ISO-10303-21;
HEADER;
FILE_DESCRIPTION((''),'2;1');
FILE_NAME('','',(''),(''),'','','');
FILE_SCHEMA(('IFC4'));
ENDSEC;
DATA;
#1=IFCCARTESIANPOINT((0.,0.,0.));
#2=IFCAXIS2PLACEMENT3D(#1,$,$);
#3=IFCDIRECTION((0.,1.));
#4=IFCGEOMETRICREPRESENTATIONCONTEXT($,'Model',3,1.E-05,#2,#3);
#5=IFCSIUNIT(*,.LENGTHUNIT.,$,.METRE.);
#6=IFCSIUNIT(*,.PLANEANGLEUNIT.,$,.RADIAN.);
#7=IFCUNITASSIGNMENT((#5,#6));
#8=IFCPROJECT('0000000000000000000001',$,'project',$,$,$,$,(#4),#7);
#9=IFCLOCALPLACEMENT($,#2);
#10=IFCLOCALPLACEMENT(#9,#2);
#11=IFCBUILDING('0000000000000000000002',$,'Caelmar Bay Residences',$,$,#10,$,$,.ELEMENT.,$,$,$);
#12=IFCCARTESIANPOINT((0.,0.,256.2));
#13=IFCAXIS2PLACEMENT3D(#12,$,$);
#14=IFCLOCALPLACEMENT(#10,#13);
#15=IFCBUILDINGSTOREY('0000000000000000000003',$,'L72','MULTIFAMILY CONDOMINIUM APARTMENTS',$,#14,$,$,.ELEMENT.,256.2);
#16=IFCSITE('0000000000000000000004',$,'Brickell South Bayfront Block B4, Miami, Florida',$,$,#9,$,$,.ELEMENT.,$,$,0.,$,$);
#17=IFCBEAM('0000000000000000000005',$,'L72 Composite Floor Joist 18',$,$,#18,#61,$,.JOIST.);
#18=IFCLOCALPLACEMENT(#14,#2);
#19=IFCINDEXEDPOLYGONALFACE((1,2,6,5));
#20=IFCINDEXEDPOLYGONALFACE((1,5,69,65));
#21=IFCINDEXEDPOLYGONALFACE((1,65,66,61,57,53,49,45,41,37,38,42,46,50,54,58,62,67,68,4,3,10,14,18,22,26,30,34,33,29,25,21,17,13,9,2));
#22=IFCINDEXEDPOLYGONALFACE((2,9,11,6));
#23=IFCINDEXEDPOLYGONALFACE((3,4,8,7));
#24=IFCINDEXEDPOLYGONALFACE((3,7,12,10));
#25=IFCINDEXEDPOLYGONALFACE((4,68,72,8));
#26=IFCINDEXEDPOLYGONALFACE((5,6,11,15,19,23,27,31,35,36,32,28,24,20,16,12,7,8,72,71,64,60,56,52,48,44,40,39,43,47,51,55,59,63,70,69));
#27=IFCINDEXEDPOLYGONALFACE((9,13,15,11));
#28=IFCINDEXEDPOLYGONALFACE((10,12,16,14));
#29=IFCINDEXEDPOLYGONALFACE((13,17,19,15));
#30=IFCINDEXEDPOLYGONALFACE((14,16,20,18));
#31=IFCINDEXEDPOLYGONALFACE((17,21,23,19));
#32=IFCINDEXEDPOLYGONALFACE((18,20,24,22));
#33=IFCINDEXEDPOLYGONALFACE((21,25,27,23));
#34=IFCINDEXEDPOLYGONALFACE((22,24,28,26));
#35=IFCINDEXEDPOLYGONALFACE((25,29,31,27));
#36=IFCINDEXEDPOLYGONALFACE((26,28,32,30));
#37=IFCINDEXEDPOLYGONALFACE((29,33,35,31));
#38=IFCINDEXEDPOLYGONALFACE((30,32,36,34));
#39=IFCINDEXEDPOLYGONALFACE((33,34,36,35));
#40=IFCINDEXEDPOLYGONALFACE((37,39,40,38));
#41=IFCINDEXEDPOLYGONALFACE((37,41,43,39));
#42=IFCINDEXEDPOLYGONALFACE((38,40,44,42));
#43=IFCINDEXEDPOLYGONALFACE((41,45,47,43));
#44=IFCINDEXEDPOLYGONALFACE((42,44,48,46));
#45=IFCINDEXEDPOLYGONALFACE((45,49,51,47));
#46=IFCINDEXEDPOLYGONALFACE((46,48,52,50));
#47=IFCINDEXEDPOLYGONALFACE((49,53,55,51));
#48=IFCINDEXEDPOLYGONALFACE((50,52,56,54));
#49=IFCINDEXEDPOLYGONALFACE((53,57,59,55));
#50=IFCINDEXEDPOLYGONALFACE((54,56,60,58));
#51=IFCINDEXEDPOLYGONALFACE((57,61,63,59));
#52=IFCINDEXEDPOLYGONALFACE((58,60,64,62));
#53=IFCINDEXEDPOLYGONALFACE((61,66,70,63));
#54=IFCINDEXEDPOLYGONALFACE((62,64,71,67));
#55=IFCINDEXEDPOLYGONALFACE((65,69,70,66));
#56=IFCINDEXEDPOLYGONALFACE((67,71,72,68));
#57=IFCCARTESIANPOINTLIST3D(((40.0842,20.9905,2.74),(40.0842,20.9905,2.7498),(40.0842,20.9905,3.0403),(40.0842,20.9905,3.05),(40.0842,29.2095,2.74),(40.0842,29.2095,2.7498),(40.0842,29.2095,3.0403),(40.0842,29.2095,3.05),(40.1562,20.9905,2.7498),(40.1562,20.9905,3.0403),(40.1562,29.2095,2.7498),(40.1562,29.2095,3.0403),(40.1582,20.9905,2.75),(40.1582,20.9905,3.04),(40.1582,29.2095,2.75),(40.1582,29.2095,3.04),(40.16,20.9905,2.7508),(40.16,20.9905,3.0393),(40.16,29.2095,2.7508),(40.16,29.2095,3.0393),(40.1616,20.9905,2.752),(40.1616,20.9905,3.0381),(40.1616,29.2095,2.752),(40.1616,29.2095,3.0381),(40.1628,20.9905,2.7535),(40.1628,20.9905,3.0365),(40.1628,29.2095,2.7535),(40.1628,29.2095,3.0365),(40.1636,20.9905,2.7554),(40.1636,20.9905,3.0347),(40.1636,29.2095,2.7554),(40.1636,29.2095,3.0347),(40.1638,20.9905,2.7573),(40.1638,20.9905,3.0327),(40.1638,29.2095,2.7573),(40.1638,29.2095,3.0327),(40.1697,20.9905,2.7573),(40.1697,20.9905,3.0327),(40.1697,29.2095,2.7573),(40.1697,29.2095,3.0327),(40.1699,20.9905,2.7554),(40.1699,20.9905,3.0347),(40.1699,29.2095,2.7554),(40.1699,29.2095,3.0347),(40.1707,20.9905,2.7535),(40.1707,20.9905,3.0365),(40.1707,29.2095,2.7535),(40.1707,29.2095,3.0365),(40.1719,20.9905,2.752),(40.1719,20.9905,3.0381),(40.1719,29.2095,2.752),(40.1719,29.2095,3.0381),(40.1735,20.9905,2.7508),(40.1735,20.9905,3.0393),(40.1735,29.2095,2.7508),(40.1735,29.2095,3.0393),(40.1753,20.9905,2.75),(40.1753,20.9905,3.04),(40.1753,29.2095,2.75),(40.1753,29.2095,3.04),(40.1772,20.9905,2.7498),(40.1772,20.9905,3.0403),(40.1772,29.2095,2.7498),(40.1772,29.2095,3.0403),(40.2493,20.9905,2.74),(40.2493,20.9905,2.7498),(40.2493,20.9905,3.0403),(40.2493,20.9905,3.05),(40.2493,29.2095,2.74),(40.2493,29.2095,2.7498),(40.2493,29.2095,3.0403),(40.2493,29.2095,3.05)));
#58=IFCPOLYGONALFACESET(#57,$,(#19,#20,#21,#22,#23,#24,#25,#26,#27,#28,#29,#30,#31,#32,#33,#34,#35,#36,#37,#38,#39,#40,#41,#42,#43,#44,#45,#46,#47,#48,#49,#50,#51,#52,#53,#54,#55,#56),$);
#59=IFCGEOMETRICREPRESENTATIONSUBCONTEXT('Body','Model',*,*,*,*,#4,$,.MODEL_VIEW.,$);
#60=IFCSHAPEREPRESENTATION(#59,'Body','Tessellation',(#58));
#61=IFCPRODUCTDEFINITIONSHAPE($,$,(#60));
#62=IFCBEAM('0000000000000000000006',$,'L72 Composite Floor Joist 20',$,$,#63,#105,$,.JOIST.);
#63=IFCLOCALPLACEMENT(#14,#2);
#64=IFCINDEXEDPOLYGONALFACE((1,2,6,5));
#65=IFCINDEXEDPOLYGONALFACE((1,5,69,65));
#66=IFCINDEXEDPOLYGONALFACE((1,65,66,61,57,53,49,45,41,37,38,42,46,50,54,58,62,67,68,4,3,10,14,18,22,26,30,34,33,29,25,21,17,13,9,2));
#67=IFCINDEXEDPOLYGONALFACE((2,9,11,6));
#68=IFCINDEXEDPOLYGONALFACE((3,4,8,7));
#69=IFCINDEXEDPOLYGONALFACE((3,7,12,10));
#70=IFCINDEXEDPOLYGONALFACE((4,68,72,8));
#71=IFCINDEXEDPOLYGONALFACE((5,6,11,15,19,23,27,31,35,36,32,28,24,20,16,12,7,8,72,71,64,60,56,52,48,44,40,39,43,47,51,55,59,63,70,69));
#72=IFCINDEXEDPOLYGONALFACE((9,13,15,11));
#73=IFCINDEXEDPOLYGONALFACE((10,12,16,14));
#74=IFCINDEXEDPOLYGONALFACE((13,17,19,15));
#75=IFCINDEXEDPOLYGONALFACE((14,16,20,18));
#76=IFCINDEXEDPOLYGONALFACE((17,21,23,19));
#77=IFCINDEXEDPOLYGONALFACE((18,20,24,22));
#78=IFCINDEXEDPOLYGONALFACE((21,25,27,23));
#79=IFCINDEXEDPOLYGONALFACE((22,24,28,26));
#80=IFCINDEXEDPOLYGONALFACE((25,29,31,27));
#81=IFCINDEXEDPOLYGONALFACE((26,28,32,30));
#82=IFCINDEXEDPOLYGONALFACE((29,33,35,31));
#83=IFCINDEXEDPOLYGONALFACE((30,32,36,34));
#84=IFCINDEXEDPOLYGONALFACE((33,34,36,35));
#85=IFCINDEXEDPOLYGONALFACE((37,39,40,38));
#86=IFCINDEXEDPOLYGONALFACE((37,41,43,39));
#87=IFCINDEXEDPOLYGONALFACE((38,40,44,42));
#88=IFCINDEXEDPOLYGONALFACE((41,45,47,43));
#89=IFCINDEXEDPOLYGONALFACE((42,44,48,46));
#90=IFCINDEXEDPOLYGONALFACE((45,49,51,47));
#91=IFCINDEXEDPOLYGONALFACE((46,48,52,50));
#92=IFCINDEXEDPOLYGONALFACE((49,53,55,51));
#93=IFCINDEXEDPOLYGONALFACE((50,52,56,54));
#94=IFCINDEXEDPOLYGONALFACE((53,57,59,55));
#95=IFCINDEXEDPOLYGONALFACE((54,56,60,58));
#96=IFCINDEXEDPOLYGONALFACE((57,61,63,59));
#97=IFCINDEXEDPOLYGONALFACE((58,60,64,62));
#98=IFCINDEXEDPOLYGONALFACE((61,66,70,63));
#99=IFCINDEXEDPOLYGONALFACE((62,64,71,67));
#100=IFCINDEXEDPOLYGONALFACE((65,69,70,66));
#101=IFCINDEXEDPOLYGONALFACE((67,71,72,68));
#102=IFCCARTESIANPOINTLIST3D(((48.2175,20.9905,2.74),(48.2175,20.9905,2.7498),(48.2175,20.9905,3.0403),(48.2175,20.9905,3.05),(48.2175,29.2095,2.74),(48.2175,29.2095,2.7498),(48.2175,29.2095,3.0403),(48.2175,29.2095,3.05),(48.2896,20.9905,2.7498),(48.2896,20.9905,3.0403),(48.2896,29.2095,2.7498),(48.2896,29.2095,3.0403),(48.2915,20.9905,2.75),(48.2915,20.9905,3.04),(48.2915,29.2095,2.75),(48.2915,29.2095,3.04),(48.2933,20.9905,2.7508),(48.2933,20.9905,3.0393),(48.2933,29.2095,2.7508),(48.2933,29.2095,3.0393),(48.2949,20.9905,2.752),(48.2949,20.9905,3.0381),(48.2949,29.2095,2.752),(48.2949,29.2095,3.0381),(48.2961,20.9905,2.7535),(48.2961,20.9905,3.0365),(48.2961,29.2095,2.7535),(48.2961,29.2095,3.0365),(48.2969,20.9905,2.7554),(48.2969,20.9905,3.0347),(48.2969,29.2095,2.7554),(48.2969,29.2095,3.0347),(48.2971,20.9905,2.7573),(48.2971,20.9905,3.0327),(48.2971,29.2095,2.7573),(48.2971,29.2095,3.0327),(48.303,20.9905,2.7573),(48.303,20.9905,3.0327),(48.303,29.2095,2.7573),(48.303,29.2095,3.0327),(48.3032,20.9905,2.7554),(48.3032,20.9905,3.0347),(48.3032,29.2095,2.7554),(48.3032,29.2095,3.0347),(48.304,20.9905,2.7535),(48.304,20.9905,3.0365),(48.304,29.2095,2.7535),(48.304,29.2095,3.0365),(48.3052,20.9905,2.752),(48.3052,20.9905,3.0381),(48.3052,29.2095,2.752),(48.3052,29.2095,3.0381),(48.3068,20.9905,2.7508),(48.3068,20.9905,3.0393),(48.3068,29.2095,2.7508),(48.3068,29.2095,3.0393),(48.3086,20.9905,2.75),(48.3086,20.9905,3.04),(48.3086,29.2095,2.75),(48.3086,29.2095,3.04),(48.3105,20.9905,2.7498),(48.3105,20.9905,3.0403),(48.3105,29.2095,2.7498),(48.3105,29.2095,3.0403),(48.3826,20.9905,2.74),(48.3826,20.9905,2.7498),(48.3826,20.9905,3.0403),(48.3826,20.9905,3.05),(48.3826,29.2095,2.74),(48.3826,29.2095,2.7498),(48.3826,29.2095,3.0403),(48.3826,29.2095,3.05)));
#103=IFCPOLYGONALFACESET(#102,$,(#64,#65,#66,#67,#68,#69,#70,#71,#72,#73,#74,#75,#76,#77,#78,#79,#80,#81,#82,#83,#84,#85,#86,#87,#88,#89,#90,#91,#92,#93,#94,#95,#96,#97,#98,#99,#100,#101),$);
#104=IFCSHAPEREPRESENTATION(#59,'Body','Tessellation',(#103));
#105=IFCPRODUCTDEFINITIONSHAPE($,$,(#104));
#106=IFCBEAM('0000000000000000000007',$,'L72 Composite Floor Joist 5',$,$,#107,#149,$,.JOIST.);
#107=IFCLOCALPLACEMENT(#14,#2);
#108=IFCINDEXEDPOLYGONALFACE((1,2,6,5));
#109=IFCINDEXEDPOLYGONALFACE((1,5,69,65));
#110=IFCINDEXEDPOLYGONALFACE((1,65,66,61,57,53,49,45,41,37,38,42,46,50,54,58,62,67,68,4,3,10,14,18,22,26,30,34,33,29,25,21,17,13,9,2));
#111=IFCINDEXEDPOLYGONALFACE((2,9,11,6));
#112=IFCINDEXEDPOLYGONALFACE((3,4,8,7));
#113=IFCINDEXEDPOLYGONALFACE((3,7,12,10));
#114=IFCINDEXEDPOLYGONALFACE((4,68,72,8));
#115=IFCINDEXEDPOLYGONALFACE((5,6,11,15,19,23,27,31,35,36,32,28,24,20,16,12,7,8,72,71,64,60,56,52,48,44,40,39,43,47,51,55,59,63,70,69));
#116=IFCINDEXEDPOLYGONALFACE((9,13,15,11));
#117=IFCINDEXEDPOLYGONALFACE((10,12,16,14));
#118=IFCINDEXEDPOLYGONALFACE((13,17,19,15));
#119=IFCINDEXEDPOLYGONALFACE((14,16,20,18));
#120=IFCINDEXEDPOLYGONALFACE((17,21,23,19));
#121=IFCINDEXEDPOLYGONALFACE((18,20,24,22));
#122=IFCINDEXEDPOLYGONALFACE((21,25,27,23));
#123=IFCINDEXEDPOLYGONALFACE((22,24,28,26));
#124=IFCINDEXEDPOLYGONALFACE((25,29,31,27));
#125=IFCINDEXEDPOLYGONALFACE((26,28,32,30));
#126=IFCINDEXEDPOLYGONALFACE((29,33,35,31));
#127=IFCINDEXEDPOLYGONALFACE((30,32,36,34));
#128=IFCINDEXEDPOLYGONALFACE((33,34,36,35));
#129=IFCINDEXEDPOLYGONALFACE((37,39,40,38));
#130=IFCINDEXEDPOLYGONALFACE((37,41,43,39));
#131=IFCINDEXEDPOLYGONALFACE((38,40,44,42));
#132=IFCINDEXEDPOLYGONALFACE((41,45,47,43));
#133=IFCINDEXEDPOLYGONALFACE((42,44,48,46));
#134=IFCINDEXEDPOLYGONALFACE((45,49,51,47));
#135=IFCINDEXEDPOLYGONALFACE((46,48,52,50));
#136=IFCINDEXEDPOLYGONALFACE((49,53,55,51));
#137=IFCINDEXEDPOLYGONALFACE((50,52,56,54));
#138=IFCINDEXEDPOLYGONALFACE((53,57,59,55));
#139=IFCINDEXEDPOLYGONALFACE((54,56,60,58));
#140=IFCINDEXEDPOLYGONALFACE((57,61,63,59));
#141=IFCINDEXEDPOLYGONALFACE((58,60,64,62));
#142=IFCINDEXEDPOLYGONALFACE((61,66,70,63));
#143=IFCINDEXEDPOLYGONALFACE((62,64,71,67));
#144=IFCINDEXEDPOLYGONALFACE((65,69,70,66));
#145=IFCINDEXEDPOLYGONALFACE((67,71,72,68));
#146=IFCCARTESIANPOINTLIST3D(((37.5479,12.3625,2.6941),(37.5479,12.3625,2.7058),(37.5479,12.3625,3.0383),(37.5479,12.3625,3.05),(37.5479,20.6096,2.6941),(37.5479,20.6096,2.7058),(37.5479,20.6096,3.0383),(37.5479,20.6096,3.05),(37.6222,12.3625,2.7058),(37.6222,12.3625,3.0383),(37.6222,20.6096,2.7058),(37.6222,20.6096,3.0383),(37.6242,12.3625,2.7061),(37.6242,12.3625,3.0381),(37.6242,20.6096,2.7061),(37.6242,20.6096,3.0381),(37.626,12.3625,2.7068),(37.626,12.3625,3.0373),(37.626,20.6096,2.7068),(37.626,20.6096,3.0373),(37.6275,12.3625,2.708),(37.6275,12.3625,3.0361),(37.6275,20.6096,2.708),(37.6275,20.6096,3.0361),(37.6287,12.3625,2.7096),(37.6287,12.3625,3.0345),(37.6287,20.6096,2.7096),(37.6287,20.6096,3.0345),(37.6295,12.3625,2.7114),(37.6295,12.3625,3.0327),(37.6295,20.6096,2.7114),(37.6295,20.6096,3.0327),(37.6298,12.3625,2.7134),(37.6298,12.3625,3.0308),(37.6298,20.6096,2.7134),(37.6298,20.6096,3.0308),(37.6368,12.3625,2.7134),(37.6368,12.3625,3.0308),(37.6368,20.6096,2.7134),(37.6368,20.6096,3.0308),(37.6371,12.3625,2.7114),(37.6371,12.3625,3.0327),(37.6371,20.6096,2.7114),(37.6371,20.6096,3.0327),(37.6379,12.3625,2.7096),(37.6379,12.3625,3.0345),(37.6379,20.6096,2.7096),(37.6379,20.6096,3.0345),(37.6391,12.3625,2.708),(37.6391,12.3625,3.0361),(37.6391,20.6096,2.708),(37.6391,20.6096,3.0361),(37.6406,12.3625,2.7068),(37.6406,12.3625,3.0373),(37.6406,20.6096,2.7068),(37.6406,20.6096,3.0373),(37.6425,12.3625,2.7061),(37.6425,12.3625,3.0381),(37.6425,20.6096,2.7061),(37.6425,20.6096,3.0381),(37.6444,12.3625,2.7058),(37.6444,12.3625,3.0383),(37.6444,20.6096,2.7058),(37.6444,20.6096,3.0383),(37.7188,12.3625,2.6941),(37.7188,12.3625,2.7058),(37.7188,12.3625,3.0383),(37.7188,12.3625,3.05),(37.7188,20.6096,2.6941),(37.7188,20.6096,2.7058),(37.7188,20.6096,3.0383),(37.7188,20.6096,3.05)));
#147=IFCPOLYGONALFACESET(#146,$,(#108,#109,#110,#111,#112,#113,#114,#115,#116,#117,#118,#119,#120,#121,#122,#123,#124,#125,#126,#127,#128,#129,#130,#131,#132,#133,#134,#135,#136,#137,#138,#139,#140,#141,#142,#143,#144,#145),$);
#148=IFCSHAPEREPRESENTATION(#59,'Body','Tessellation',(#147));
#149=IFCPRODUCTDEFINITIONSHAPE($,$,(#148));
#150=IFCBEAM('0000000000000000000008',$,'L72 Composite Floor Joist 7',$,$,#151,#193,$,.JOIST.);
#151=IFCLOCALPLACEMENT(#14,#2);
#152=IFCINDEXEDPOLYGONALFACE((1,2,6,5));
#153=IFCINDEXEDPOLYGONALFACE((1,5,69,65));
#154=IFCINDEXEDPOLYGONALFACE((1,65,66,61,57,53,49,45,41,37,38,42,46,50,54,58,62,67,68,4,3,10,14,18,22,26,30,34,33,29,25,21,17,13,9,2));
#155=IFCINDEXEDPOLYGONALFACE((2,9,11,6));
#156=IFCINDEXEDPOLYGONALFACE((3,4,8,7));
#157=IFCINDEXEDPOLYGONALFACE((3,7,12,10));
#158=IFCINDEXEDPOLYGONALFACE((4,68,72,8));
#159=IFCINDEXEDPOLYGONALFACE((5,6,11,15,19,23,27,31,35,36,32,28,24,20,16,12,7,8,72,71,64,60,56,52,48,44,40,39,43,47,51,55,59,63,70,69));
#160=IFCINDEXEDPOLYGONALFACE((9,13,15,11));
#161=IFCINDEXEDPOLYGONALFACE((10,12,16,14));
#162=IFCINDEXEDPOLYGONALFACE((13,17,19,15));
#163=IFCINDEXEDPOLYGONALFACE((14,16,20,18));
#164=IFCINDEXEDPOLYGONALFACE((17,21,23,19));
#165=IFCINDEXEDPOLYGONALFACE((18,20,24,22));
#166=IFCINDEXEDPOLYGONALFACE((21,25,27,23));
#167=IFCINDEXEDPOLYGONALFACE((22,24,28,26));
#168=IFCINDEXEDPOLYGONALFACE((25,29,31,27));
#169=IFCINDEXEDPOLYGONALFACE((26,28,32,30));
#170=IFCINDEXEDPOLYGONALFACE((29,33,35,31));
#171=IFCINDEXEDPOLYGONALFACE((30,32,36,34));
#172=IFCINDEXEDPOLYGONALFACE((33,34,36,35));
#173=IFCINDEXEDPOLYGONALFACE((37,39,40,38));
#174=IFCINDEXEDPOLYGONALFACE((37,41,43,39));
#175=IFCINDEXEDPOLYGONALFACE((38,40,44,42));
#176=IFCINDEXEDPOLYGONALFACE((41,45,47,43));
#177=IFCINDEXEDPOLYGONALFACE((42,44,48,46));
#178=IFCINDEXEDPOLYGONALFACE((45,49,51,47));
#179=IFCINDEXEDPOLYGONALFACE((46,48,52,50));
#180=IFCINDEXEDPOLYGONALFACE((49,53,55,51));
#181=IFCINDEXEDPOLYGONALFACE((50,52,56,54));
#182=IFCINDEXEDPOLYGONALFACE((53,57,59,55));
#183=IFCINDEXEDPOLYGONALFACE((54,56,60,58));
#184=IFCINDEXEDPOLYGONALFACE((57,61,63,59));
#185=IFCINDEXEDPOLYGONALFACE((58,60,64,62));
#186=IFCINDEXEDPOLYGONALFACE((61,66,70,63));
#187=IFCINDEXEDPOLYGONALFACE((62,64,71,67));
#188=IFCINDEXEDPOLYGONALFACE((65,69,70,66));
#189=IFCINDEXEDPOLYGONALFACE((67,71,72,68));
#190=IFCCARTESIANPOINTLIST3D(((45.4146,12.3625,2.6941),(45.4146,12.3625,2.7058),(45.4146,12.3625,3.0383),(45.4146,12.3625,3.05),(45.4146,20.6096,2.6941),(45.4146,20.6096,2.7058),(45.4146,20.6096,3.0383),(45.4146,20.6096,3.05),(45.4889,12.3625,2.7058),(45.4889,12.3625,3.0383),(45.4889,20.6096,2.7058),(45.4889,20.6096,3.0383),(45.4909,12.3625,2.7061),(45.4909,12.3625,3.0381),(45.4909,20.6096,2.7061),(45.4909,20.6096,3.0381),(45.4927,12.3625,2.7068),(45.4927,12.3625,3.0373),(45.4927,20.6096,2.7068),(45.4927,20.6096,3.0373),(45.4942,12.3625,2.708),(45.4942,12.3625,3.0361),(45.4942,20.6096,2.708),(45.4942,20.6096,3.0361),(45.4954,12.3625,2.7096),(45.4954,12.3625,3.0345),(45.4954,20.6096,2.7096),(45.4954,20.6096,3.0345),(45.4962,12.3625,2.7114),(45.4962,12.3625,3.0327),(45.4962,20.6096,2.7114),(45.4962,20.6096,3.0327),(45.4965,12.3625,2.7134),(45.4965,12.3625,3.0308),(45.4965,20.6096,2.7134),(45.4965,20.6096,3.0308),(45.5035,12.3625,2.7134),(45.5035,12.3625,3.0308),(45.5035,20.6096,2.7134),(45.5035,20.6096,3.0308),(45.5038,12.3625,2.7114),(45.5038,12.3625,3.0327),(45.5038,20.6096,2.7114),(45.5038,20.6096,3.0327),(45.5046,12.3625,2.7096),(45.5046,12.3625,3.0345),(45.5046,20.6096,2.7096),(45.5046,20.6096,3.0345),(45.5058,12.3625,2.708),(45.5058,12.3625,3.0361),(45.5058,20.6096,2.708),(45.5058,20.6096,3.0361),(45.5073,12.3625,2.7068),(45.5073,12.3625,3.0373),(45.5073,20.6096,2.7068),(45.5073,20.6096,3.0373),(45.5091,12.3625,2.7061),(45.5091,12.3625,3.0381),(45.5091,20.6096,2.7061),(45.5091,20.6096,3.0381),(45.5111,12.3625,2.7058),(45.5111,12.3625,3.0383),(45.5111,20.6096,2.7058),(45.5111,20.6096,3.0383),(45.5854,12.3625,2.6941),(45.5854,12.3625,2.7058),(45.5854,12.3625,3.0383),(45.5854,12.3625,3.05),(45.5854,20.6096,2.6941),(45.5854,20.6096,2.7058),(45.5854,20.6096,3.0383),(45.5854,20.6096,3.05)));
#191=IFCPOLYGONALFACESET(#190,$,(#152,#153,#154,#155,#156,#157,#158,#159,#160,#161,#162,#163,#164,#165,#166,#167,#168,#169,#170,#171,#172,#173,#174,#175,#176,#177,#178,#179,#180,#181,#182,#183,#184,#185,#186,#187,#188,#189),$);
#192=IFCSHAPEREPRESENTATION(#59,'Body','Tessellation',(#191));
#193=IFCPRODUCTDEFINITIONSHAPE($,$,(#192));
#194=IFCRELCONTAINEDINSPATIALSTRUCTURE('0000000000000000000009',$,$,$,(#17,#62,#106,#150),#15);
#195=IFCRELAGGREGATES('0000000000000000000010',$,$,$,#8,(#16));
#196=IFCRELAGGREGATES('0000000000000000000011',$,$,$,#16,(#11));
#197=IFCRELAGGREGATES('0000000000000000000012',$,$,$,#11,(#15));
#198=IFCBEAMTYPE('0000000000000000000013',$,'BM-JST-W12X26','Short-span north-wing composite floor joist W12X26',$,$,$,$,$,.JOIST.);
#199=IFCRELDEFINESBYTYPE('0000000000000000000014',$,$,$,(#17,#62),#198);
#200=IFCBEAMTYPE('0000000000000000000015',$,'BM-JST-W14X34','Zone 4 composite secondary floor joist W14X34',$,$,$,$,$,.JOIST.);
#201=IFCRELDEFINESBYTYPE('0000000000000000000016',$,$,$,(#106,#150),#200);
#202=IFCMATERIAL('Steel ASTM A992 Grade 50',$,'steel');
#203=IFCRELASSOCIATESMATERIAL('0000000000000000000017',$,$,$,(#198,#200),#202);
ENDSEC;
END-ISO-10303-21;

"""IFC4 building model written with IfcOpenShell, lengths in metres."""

from ifc_helpers import new_model, si_unit, direction, frame, origin, origin_2d, place, context, subcontext, project, spatial, i_section, extrude, material, material_profile, profile_set, type_object, element, save


model = new_model("IFC4")

# Units and contexts
model_context = context("Model", 3, precision=1e-05, world=origin(), true_north=direction((0.0, 1.0)))
body_context = subcontext(model_context, "Body", "Model", "MODEL_VIEW")
ifc_project = project(units=[si_unit("LENGTHUNIT", "METRE"), si_unit("PLANEANGLEUNIT", "RADIAN")], contexts=[model_context])

# Site, building, storey
site_placement = place(None, origin())
site = spatial("IfcSite", under=ifc_project, at=site_placement, Name="Brickell South Bayfront Block B4, Miami, Florida", CompositionType="ELEMENT", RefElevation=0.0)
building_placement = place(site_placement, origin())
building = spatial("IfcBuilding", under=site, at=building_placement, Name="Caelmar Bay Residences", CompositionType="ELEMENT")
storey_placement = place(building_placement, frame((0.0, 0.0, 256.2)))
storey = spatial("IfcBuildingStorey", under=building, at=storey_placement, Name="L72", Description="MULTIFAMILY CONDOMINIUM APARTMENTS", CompositionType="ELEMENT", Elevation=256.2)

# Beams
ifc_material_1 = material(Name="Steel ASTM A992 Grade 50", Category="steel")
ifc_material_profile_1 = material_profile(ifc_material_1, i_section(OverallWidth=0.165, OverallDepth=0.3101, WebThickness=0.0059, FlangeThickness=0.0098, FilletRadius=0.0076, at=origin_2d()), Name="W12X26")
ifc_profile_set_1 = profile_set([ifc_material_profile_1], Name="Steel ASTM A992 Grade 50")
beam_type_1 = type_object("IfcBeamType", Name="BM-JST-W12X26", Description="Short-span north-wing composite floor joist W12X26", PredefinedType="JOIST", material=ifc_profile_set_1)
for number, where, z_axis, x_axis, name in (
    (1, (40.1667, 20.9905, 2.895), (0.0, 1.0, 0.0), (-1.0, 0.0, 0.0), "L72 Composite Floor Joist 18"),
    (2, (48.3, 20.9905, 2.895), (0.0, 1.0, 0.0), (-1.0, 0.0, 0.0), "L72 Composite Floor Joist 20"),
):
    element("IfcBeam", number, at=place(storey_placement, frame(where, z_axis=z_axis, x_axis=x_axis)), inside=storey, type_object=beam_type_1, Name=name, PredefinedType="JOIST", context=body_context, shape_type="SweptSolid", body=[
        extrude(i_section(OverallWidth=0.165, OverallDepth=0.3101, WebThickness=0.0059, FlangeThickness=0.0098, FilletRadius=0.0076, at=origin_2d()), origin(), (0.0, 0.0, 1.0), 8.219),
    ])
ifc_material_profile_2 = material_profile(ifc_material_1, i_section(OverallWidth=0.1709, OverallDepth=0.356, WebThickness=0.0071, FlangeThickness=0.0117, FilletRadius=0.0076, at=origin_2d()), Name="W14X34")
ifc_profile_set_2 = profile_set([ifc_material_profile_2], Name="Steel ASTM A992 Grade 50")
beam_type_2 = type_object("IfcBeamType", Name="BM-JST-W14X34", Description="Zone 4 composite secondary floor joist W14X34", PredefinedType="JOIST", material=ifc_profile_set_2)
for number, where, z_axis, x_axis, name in (
    (3, (37.6333, 12.3625, 2.8721), (0.0, 1.0, 0.0), (-1.0, 0.0, 0.0), "L72 Composite Floor Joist 5"),
    (4, (45.5, 12.3625, 2.8721), (0.0, 1.0, 0.0), (-1.0, 0.0, 0.0), "L72 Composite Floor Joist 7"),
):
    element("IfcBeam", number, at=place(storey_placement, frame(where, z_axis=z_axis, x_axis=x_axis)), inside=storey, type_object=beam_type_2, Name=name, PredefinedType="JOIST", context=body_context, shape_type="SweptSolid", body=[
        extrude(i_section(OverallWidth=0.1709, OverallDepth=0.356, WebThickness=0.0071, FlangeThickness=0.0117, FilletRadius=0.0076, at=origin_2d()), origin(), (0.0, 0.0, 1.0), 8.2471),
    ])

save(model, "model.ifc")
